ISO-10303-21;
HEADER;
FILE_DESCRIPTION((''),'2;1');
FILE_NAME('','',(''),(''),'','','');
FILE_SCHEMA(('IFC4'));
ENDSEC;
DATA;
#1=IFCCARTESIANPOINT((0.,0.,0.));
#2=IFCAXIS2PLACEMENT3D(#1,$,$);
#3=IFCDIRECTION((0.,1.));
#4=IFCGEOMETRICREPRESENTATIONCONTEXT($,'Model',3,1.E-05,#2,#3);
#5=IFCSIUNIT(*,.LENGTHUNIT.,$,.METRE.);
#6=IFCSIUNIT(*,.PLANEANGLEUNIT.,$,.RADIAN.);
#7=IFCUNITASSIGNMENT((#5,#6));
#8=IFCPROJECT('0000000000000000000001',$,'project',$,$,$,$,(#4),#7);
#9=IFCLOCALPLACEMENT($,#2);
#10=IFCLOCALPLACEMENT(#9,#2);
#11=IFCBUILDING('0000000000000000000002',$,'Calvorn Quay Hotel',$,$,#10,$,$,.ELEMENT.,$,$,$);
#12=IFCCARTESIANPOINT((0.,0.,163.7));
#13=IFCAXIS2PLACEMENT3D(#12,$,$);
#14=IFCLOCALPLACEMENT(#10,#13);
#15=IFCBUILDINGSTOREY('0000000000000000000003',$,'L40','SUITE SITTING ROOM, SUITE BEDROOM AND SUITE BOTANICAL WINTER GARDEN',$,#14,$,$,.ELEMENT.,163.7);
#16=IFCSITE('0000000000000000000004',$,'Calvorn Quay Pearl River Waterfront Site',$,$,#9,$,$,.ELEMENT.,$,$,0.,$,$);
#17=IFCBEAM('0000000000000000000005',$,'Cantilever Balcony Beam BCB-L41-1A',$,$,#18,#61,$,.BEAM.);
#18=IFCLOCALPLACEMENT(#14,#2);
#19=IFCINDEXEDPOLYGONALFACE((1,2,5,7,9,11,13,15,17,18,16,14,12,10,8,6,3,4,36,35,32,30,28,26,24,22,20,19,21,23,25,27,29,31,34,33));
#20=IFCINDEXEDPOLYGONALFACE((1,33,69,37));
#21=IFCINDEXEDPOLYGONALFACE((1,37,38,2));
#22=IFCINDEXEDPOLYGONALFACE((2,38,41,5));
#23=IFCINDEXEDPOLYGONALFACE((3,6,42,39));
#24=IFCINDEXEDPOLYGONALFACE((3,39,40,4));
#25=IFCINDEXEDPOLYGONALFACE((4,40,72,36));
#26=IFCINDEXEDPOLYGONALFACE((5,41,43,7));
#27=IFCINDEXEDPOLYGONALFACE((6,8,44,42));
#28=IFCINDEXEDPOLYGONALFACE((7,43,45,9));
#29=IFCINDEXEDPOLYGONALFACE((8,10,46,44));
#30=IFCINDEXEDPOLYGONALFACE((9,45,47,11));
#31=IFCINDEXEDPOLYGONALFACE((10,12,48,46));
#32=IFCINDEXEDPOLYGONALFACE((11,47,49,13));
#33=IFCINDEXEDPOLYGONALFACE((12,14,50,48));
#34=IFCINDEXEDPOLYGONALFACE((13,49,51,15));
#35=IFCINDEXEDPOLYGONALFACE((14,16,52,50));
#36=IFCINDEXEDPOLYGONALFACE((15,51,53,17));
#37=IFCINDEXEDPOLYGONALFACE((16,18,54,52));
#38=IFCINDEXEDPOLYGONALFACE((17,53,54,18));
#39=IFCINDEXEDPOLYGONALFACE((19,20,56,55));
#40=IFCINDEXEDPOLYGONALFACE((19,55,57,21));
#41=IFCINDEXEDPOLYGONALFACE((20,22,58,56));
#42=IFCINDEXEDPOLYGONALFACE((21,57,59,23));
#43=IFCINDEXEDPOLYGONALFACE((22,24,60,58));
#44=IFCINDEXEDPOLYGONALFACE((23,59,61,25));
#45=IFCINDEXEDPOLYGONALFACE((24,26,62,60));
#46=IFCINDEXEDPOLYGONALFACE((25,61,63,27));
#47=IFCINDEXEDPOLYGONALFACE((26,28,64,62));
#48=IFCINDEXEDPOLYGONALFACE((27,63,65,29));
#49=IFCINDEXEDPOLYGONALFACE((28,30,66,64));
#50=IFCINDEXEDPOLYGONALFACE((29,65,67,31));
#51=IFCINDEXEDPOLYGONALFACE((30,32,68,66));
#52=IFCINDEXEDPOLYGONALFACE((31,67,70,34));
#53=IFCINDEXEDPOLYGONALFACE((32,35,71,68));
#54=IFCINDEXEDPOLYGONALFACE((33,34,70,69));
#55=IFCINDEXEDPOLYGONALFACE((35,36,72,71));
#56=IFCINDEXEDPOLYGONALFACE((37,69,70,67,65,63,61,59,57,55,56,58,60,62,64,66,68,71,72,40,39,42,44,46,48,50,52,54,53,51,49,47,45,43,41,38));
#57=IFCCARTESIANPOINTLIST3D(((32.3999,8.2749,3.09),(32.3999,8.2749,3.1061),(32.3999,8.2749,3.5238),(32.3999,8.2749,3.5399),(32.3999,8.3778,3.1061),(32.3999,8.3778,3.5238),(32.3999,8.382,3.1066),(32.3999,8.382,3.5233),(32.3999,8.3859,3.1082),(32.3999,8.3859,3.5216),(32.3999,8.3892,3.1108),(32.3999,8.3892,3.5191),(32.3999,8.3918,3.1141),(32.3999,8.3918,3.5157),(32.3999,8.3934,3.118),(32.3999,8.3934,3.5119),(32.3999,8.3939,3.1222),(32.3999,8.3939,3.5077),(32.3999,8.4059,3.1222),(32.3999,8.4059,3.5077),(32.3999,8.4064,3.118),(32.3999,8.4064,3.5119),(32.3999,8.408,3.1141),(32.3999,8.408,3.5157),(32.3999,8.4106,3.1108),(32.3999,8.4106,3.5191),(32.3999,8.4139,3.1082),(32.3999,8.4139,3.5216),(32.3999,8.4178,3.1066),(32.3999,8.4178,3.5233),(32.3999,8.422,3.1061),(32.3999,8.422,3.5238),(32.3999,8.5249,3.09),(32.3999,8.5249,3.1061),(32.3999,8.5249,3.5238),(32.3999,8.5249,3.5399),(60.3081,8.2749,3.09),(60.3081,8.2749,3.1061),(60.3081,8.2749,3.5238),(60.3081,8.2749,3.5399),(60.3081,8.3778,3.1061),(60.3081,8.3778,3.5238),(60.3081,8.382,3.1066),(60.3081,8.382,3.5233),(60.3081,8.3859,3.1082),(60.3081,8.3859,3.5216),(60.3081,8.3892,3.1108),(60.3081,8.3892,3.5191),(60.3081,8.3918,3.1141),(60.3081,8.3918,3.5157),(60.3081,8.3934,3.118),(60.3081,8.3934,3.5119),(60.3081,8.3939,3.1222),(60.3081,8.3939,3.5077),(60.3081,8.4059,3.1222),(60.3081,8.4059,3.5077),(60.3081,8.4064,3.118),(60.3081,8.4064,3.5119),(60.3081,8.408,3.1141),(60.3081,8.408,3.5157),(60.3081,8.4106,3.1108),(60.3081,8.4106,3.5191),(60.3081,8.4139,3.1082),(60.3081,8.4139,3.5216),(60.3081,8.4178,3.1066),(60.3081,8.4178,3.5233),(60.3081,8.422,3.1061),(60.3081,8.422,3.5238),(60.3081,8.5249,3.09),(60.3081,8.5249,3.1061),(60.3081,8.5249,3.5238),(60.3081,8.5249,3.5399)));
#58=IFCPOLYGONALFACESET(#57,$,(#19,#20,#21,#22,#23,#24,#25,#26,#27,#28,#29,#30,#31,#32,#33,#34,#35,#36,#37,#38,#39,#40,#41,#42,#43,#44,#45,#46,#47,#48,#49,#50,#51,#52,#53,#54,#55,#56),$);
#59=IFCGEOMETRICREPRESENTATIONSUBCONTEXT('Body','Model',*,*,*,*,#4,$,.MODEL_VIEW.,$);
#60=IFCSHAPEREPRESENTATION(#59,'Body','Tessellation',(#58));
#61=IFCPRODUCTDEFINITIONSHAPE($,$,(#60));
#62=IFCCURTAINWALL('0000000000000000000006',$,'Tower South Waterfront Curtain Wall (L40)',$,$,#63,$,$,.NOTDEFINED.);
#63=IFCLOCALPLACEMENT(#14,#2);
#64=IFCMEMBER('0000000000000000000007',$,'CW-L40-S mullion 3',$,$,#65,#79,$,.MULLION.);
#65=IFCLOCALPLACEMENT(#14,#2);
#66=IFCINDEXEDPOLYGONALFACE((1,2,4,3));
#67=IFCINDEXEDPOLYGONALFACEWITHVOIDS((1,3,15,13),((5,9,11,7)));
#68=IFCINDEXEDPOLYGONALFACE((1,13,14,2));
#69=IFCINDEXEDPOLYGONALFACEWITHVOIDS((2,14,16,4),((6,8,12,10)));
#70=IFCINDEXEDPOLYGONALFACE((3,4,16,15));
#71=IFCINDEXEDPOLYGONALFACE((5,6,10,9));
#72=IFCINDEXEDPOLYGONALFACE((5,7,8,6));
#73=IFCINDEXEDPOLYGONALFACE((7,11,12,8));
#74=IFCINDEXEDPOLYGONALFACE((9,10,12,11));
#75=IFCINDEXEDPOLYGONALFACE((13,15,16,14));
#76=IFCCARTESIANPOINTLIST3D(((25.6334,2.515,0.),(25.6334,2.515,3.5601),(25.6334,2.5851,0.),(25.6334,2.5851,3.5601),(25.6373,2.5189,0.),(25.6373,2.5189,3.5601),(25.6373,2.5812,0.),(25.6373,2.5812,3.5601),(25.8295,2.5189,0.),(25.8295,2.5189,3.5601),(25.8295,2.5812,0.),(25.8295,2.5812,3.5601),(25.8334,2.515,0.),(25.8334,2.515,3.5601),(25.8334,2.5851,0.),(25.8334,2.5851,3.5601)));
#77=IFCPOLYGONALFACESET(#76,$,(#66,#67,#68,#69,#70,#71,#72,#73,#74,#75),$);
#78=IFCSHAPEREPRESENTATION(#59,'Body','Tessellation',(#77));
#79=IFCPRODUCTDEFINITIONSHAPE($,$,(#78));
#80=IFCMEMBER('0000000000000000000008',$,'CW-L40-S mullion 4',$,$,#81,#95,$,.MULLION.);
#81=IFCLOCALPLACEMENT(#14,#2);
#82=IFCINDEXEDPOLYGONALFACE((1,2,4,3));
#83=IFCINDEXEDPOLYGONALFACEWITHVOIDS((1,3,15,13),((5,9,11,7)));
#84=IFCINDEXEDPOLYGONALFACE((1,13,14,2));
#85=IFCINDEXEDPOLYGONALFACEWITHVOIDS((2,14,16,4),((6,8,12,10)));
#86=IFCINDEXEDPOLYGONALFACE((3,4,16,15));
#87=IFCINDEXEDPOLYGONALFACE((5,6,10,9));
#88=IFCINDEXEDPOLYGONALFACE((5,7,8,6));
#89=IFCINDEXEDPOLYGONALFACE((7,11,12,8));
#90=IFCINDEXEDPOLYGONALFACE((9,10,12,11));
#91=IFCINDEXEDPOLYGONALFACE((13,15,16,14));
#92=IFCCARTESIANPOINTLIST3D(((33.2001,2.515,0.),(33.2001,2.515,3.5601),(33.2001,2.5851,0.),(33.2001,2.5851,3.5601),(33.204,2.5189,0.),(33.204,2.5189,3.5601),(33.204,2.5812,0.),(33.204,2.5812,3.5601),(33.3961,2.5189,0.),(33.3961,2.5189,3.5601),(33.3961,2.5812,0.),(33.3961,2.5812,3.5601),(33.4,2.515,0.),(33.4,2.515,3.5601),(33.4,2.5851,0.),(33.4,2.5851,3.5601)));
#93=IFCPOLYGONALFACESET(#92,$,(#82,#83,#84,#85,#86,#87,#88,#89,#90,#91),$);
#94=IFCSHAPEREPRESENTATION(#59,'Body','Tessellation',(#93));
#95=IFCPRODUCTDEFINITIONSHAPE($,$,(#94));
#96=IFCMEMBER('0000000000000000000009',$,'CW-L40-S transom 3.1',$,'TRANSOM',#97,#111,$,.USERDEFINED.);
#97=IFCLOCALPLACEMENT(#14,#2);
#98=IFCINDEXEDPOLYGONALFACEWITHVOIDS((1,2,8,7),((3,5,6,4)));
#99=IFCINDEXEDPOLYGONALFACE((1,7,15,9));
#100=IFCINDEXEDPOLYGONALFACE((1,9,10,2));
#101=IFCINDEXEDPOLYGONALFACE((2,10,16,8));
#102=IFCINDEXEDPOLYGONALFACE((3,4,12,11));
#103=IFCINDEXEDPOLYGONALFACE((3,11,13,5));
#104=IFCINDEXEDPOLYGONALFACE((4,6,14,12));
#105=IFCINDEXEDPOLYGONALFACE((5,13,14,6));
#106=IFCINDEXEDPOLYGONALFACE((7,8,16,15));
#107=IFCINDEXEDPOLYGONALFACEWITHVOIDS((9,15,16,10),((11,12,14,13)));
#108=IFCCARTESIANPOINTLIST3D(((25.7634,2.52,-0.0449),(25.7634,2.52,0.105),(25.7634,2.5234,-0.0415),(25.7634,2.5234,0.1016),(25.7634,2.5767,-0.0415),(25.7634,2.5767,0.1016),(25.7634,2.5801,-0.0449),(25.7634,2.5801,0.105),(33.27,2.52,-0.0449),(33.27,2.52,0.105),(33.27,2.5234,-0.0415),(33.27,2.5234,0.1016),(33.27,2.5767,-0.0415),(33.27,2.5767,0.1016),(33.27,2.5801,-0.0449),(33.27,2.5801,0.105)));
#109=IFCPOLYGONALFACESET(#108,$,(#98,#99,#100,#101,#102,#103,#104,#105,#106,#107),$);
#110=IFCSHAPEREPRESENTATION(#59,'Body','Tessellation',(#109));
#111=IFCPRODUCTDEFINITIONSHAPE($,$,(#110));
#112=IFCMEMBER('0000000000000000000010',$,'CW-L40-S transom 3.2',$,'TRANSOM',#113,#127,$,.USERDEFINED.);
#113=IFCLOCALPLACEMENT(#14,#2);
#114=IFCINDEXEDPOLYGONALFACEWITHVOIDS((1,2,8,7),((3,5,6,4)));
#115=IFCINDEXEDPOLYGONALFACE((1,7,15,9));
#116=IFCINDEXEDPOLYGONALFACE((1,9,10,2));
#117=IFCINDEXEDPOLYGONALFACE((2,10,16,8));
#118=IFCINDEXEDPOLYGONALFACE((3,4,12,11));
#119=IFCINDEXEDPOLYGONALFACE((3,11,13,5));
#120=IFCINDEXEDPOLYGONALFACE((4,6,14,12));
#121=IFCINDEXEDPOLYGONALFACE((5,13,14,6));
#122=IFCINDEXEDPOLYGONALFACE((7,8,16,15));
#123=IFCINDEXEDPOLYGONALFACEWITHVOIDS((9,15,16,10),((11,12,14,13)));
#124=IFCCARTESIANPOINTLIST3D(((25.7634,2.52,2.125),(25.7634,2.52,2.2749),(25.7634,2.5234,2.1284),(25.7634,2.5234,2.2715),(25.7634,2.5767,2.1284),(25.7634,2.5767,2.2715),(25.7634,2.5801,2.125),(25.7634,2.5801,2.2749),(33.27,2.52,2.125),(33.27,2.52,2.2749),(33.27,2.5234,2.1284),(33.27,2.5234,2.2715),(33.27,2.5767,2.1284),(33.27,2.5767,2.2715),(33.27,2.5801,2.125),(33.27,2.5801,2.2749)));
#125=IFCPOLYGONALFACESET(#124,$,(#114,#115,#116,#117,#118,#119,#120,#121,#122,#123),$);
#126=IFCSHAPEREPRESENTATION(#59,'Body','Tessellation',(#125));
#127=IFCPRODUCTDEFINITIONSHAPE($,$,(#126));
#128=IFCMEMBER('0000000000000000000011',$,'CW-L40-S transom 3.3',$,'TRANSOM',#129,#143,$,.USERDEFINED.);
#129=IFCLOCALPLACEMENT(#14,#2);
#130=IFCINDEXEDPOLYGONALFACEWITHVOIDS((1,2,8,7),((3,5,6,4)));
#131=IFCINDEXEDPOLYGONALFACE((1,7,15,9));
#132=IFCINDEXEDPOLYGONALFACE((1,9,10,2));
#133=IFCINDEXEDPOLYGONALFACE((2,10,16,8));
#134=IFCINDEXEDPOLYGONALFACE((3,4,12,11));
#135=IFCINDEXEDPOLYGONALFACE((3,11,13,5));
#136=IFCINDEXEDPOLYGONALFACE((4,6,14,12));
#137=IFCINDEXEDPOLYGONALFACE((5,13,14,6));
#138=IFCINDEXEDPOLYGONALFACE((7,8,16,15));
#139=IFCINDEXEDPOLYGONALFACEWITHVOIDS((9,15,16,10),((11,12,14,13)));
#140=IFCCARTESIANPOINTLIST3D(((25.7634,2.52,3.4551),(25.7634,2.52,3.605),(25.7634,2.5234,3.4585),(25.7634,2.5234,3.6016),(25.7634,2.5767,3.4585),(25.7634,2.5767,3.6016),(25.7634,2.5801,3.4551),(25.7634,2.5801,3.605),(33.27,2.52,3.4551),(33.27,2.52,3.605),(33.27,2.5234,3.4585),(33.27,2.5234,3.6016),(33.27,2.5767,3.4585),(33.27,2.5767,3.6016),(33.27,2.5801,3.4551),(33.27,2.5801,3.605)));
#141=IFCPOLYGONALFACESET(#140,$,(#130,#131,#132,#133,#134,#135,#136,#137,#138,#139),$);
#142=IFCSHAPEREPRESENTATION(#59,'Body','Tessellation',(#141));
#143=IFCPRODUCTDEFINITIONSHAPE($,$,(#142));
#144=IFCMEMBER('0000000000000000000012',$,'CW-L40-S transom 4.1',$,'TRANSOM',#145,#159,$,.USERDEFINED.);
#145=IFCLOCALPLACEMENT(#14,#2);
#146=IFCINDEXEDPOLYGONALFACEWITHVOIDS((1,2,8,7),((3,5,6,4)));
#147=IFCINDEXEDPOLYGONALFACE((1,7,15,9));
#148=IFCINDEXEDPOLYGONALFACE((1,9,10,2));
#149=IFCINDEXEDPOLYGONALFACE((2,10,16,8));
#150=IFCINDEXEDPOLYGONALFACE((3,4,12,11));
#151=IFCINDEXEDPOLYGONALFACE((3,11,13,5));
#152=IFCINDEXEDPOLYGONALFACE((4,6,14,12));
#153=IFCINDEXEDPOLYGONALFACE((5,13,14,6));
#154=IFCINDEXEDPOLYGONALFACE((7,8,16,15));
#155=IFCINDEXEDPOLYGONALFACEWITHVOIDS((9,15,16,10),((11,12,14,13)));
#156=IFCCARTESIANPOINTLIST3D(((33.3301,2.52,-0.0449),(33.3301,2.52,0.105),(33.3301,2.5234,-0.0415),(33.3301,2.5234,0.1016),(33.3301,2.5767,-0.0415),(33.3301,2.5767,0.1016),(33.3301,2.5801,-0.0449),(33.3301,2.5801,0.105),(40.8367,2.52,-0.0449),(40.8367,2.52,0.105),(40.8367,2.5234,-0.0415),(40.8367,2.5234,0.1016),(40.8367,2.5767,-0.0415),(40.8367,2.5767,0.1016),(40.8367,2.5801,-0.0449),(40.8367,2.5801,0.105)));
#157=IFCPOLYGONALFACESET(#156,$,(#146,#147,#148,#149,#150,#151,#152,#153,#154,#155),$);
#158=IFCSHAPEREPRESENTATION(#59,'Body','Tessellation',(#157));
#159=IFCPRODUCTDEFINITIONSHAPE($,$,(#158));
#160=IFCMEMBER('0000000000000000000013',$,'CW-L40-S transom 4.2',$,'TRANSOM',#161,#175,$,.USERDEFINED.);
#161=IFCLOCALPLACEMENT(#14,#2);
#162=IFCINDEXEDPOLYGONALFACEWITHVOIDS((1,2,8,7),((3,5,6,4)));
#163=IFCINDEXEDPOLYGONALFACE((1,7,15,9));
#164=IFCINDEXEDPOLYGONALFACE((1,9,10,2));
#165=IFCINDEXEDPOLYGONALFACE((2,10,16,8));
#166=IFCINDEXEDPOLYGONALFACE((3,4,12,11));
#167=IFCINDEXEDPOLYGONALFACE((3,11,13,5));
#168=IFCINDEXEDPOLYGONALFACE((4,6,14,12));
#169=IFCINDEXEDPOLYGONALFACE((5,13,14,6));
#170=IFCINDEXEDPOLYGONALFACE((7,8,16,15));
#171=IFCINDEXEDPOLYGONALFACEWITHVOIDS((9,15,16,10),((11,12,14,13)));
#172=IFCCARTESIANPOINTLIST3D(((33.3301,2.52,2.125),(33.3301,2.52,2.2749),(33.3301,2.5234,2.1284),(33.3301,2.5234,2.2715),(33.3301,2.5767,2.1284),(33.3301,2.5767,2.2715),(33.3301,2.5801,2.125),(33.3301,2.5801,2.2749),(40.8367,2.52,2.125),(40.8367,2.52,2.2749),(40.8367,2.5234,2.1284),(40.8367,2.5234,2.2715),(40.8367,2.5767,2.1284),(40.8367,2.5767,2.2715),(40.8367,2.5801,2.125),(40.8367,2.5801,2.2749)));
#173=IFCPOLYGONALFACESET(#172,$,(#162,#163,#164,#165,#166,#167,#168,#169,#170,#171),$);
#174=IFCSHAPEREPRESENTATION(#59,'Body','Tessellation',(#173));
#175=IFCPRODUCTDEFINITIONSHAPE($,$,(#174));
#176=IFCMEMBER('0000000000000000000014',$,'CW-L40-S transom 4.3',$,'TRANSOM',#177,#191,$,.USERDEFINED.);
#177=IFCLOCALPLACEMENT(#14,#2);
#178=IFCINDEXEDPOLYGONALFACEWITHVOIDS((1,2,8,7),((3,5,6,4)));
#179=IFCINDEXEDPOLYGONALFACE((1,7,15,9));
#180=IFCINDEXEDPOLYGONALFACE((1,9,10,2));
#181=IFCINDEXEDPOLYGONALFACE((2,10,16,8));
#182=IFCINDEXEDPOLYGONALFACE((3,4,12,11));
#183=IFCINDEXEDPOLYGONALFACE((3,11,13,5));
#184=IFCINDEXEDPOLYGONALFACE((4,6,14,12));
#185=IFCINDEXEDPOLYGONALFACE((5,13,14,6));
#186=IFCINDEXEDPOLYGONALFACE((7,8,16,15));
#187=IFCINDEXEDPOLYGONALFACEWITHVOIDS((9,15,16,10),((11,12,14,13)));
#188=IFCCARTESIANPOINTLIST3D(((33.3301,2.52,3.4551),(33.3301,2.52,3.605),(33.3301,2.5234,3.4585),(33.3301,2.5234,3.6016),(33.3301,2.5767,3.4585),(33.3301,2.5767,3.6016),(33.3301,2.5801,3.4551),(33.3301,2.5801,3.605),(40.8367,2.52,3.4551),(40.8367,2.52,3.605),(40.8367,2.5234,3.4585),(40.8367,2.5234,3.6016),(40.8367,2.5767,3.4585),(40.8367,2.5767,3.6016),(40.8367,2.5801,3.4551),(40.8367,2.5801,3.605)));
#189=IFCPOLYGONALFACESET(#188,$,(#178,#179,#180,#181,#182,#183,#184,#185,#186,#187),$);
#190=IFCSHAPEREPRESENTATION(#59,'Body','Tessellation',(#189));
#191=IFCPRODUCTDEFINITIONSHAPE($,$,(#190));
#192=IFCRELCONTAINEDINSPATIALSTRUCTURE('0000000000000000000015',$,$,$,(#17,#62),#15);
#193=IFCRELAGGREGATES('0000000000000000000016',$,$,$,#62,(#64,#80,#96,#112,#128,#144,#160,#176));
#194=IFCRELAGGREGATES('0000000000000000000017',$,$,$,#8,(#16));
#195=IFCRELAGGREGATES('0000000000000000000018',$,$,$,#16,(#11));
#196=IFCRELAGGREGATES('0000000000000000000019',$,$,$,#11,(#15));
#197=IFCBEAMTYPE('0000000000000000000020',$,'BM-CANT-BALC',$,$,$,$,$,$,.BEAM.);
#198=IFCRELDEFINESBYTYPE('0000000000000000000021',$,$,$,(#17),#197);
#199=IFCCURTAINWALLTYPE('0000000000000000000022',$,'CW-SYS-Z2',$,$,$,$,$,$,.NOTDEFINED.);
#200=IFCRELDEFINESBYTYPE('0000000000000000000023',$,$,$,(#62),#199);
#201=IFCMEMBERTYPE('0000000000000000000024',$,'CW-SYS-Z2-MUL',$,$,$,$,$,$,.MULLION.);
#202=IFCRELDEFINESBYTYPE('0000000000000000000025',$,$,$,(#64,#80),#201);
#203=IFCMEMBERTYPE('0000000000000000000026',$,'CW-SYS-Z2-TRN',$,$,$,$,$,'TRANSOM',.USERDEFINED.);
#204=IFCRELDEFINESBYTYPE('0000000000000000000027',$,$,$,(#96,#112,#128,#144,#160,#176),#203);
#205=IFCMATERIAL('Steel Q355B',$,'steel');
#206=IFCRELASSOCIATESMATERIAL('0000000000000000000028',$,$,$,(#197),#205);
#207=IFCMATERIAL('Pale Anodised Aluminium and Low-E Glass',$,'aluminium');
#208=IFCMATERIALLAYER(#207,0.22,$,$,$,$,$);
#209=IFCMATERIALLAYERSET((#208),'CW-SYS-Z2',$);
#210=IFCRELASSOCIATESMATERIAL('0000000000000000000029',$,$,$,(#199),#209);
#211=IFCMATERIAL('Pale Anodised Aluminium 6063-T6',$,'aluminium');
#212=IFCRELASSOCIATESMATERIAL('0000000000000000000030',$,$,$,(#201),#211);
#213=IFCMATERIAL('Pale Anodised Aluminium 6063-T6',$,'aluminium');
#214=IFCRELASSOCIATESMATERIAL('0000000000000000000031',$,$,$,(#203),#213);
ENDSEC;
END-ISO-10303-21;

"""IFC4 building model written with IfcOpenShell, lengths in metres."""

from ifc_helpers import new_model, si_unit, direction, frame, origin, origin_2d, place, context, subcontext, project, spatial, hollow_rectangle, i_section, extrude, material, layer, layer_set, material_profile, profile_set, type_object, element, aggregate, save


model = new_model("IFC4")

# Units and contexts
model_context = context("Model", 3, precision=1e-05, world=origin(), true_north=direction((0.0, 1.0)))
body_context = subcontext(model_context, "Body", "Model", "MODEL_VIEW")
ifc_project = project(units=[si_unit("LENGTHUNIT", "METRE"), si_unit("PLANEANGLEUNIT", "RADIAN")], contexts=[model_context])

# Site, building, storey
site_placement = place(None, origin())
site = spatial("IfcSite", under=ifc_project, at=site_placement, Name="Calvorn Quay Pearl River Waterfront Site", CompositionType="ELEMENT", RefElevation=0.0)
building_placement = place(site_placement, origin())
building = spatial("IfcBuilding", under=site, at=building_placement, Name="Calvorn Quay Hotel", CompositionType="ELEMENT")
storey_placement = place(building_placement, frame((0.0, 0.0, 163.7)))
storey = spatial("IfcBuildingStorey", under=building, at=storey_placement, Name="L40", Description="SUITE SITTING ROOM, SUITE BEDROOM AND SUITE BOTANICAL WINTER GARDEN", CompositionType="ELEMENT", Elevation=163.7)

# Beam
ifc_material_1 = material(Name="Steel Q355B", Category="steel")
ifc_material_profile_1 = material_profile(ifc_material_1, i_section(OverallWidth=0.25, OverallDepth=0.45, WebThickness=0.012, FlangeThickness=0.0161, FilletRadius=0.0161, at=origin_2d()), Name="HN450x250x12x16")
ifc_profile_set_1 = profile_set([ifc_material_profile_1], Name="Steel Q355B")
beam_type = type_object("IfcBeamType", Name="BM-CANT-BALC", PredefinedType="BEAM", material=ifc_profile_set_1)
beam_placement = place(storey_placement, frame((32.3999, 8.3999, 3.3149), z_axis=(1.0, 0.0, 0.0), x_axis=(0.0, 1.0, 0.0)))
element("IfcBeam", 1, at=beam_placement, inside=storey, type_object=beam_type, Name="Cantilever Balcony Beam BCB-L41-1A", PredefinedType="BEAM", context=body_context, shape_type="SweptSolid", body=[
    extrude(i_section(OverallWidth=0.25, OverallDepth=0.45, WebThickness=0.012, FlangeThickness=0.0161, FilletRadius=0.0161, at=origin_2d()), origin(), (0.0, 0.0, 1.0), 27.9082),
])

# Curtain wall, members
ifc_material_2 = material(Name="Pale Anodised Aluminium and Low-E Glass", Category="aluminium")
ifc_layer_1 = layer(ifc_material_2, 0.22)
ifc_layer_set_1 = layer_set([ifc_layer_1], Name="CW-SYS-Z2")
curtain_wall_type = type_object("IfcCurtainWallType", Name="CW-SYS-Z2", PredefinedType="NOTDEFINED", material=ifc_layer_set_1)
curtain_wall_placement = place(storey_placement, origin())
curtain_wall = element("IfcCurtainWall", 2, at=curtain_wall_placement, inside=storey, type_object=curtain_wall_type, Name="Tower South Waterfront Curtain Wall (L40)", PredefinedType="NOTDEFINED")
ifc_material_3 = material(Name="Pale Anodised Aluminium 6063-T6", Category="aluminium")
ifc_material_profile_2 = material_profile(ifc_material_3, hollow_rectangle(XDim=0.0701, YDim=0.2, WallThickness=0.0039, at=origin_2d()), Name="ALU-M200x70x4")
ifc_profile_set_2 = profile_set([ifc_material_profile_2], Name="Pale Anodised Aluminium 6063-T6")
member_type_1 = type_object("IfcMemberType", Name="CW-SYS-Z2-MUL", PredefinedType="MULLION", material=ifc_profile_set_2)
member_1_placement = place(storey_placement, frame((25.7334, 2.55, 0.0), z_axis=(0.0, 0.0, 1.0), x_axis=(0.0, 1.0, 0.0)))
member_1 = element("IfcMember", 3, at=member_1_placement, type_object=member_type_1, Name="CW-L40-S mullion 3", PredefinedType="MULLION", context=body_context, shape_type="SweptSolid", body=[
    extrude(hollow_rectangle(XDim=0.0701, YDim=0.2, WallThickness=0.0039, at=origin_2d()), origin(), (0.0, 0.0, 1.0), 3.5601),
])
member_2_placement = place(storey_placement, frame((33.3, 2.55, 0.0), z_axis=(0.0, 0.0, 1.0), x_axis=(0.0, 1.0, 0.0)))
member_2 = element("IfcMember", 4, at=member_2_placement, type_object=member_type_1, Name="CW-L40-S mullion 4", PredefinedType="MULLION", context=body_context, shape_type="SweptSolid", body=[
    extrude(hollow_rectangle(XDim=0.0701, YDim=0.2, WallThickness=0.0039, at=origin_2d()), origin(), (0.0, 0.0, 1.0), 3.5601),
])
ifc_material_4 = material(Name="Pale Anodised Aluminium 6063-T6", Category="aluminium")
ifc_material_profile_3 = material_profile(ifc_material_4, hollow_rectangle(XDim=0.0601, YDim=0.1499, WallThickness=0.0034, at=origin_2d()), Name="ALU-T150x60x3.5")
ifc_profile_set_3 = profile_set([ifc_material_profile_3], Name="Pale Anodised Aluminium 6063-T6")
member_type_2 = type_object("IfcMemberType", Name="CW-SYS-Z2-TRN", ElementType="TRANSOM", PredefinedType="USERDEFINED", material=ifc_profile_set_3)
member_3_placement = place(storey_placement, frame((25.7634, 2.55, 0.03), z_axis=(1.0, 0.0, 0.0), x_axis=(0.0, 1.0, 0.0)))
member_3 = element("IfcMember", 5, at=member_3_placement, type_object=member_type_2, Name="CW-L40-S transom 3.1", ObjectType="TRANSOM", PredefinedType="USERDEFINED", context=body_context, shape_type="SweptSolid", body=[
    extrude(hollow_rectangle(XDim=0.0601, YDim=0.1499, WallThickness=0.0034, at=origin_2d()), origin(), (0.0, 0.0, 1.0), 7.5066),
])
member_4_placement = place(storey_placement, frame((25.7634, 2.55, 2.2), z_axis=(1.0, 0.0, 0.0), x_axis=(0.0, 1.0, 0.0)))
member_4 = element("IfcMember", 6, at=member_4_placement, type_object=member_type_2, Name="CW-L40-S transom 3.2", ObjectType="TRANSOM", PredefinedType="USERDEFINED", context=body_context, shape_type="SweptSolid", body=[
    extrude(hollow_rectangle(XDim=0.0601, YDim=0.1499, WallThickness=0.0034, at=origin_2d()), origin(), (0.0, 0.0, 1.0), 7.5066),
])
member_5_placement = place(storey_placement, frame((25.7634, 2.55, 3.53), z_axis=(1.0, 0.0, 0.0), x_axis=(0.0, 1.0, 0.0)))
member_5 = element("IfcMember", 7, at=member_5_placement, type_object=member_type_2, Name="CW-L40-S transom 3.3", ObjectType="TRANSOM", PredefinedType="USERDEFINED", context=body_context, shape_type="SweptSolid", body=[
    extrude(hollow_rectangle(XDim=0.0601, YDim=0.1499, WallThickness=0.0034, at=origin_2d()), origin(), (0.0, 0.0, 1.0), 7.5066),
])
member_6_placement = place(storey_placement, frame((33.3301, 2.55, 0.03), z_axis=(1.0, 0.0, 0.0), x_axis=(0.0, 1.0, 0.0)))
member_6 = element("IfcMember", 8, at=member_6_placement, type_object=member_type_2, Name="CW-L40-S transom 4.1", ObjectType="TRANSOM", PredefinedType="USERDEFINED", context=body_context, shape_type="SweptSolid", body=[
    extrude(hollow_rectangle(XDim=0.0601, YDim=0.1499, WallThickness=0.0034, at=origin_2d()), origin(), (0.0, 0.0, 1.0), 7.5066),
])
member_7_placement = place(storey_placement, frame((33.3301, 2.55, 2.2), z_axis=(1.0, 0.0, 0.0), x_axis=(0.0, 1.0, 0.0)))
member_7 = element("IfcMember", 9, at=member_7_placement, type_object=member_type_2, Name="CW-L40-S transom 4.2", ObjectType="TRANSOM", PredefinedType="USERDEFINED", context=body_context, shape_type="SweptSolid", body=[
    extrude(hollow_rectangle(XDim=0.0601, YDim=0.1499, WallThickness=0.0034, at=origin_2d()), origin(), (0.0, 0.0, 1.0), 7.5066),
])
member_8_placement = place(storey_placement, frame((33.3301, 2.55, 3.53), z_axis=(1.0, 0.0, 0.0), x_axis=(0.0, 1.0, 0.0)))
member_8 = element("IfcMember", 10, at=member_8_placement, type_object=member_type_2, Name="CW-L40-S transom 4.3", ObjectType="TRANSOM", PredefinedType="USERDEFINED", context=body_context, shape_type="SweptSolid", body=[
    extrude(hollow_rectangle(XDim=0.0601, YDim=0.1499, WallThickness=0.0034, at=origin_2d()), origin(), (0.0, 0.0, 1.0), 7.5066),
])
aggregate(curtain_wall, [member_1, member_2, member_3, member_4, member_5, member_6, member_7, member_8])

save(model, "model.ifc")
